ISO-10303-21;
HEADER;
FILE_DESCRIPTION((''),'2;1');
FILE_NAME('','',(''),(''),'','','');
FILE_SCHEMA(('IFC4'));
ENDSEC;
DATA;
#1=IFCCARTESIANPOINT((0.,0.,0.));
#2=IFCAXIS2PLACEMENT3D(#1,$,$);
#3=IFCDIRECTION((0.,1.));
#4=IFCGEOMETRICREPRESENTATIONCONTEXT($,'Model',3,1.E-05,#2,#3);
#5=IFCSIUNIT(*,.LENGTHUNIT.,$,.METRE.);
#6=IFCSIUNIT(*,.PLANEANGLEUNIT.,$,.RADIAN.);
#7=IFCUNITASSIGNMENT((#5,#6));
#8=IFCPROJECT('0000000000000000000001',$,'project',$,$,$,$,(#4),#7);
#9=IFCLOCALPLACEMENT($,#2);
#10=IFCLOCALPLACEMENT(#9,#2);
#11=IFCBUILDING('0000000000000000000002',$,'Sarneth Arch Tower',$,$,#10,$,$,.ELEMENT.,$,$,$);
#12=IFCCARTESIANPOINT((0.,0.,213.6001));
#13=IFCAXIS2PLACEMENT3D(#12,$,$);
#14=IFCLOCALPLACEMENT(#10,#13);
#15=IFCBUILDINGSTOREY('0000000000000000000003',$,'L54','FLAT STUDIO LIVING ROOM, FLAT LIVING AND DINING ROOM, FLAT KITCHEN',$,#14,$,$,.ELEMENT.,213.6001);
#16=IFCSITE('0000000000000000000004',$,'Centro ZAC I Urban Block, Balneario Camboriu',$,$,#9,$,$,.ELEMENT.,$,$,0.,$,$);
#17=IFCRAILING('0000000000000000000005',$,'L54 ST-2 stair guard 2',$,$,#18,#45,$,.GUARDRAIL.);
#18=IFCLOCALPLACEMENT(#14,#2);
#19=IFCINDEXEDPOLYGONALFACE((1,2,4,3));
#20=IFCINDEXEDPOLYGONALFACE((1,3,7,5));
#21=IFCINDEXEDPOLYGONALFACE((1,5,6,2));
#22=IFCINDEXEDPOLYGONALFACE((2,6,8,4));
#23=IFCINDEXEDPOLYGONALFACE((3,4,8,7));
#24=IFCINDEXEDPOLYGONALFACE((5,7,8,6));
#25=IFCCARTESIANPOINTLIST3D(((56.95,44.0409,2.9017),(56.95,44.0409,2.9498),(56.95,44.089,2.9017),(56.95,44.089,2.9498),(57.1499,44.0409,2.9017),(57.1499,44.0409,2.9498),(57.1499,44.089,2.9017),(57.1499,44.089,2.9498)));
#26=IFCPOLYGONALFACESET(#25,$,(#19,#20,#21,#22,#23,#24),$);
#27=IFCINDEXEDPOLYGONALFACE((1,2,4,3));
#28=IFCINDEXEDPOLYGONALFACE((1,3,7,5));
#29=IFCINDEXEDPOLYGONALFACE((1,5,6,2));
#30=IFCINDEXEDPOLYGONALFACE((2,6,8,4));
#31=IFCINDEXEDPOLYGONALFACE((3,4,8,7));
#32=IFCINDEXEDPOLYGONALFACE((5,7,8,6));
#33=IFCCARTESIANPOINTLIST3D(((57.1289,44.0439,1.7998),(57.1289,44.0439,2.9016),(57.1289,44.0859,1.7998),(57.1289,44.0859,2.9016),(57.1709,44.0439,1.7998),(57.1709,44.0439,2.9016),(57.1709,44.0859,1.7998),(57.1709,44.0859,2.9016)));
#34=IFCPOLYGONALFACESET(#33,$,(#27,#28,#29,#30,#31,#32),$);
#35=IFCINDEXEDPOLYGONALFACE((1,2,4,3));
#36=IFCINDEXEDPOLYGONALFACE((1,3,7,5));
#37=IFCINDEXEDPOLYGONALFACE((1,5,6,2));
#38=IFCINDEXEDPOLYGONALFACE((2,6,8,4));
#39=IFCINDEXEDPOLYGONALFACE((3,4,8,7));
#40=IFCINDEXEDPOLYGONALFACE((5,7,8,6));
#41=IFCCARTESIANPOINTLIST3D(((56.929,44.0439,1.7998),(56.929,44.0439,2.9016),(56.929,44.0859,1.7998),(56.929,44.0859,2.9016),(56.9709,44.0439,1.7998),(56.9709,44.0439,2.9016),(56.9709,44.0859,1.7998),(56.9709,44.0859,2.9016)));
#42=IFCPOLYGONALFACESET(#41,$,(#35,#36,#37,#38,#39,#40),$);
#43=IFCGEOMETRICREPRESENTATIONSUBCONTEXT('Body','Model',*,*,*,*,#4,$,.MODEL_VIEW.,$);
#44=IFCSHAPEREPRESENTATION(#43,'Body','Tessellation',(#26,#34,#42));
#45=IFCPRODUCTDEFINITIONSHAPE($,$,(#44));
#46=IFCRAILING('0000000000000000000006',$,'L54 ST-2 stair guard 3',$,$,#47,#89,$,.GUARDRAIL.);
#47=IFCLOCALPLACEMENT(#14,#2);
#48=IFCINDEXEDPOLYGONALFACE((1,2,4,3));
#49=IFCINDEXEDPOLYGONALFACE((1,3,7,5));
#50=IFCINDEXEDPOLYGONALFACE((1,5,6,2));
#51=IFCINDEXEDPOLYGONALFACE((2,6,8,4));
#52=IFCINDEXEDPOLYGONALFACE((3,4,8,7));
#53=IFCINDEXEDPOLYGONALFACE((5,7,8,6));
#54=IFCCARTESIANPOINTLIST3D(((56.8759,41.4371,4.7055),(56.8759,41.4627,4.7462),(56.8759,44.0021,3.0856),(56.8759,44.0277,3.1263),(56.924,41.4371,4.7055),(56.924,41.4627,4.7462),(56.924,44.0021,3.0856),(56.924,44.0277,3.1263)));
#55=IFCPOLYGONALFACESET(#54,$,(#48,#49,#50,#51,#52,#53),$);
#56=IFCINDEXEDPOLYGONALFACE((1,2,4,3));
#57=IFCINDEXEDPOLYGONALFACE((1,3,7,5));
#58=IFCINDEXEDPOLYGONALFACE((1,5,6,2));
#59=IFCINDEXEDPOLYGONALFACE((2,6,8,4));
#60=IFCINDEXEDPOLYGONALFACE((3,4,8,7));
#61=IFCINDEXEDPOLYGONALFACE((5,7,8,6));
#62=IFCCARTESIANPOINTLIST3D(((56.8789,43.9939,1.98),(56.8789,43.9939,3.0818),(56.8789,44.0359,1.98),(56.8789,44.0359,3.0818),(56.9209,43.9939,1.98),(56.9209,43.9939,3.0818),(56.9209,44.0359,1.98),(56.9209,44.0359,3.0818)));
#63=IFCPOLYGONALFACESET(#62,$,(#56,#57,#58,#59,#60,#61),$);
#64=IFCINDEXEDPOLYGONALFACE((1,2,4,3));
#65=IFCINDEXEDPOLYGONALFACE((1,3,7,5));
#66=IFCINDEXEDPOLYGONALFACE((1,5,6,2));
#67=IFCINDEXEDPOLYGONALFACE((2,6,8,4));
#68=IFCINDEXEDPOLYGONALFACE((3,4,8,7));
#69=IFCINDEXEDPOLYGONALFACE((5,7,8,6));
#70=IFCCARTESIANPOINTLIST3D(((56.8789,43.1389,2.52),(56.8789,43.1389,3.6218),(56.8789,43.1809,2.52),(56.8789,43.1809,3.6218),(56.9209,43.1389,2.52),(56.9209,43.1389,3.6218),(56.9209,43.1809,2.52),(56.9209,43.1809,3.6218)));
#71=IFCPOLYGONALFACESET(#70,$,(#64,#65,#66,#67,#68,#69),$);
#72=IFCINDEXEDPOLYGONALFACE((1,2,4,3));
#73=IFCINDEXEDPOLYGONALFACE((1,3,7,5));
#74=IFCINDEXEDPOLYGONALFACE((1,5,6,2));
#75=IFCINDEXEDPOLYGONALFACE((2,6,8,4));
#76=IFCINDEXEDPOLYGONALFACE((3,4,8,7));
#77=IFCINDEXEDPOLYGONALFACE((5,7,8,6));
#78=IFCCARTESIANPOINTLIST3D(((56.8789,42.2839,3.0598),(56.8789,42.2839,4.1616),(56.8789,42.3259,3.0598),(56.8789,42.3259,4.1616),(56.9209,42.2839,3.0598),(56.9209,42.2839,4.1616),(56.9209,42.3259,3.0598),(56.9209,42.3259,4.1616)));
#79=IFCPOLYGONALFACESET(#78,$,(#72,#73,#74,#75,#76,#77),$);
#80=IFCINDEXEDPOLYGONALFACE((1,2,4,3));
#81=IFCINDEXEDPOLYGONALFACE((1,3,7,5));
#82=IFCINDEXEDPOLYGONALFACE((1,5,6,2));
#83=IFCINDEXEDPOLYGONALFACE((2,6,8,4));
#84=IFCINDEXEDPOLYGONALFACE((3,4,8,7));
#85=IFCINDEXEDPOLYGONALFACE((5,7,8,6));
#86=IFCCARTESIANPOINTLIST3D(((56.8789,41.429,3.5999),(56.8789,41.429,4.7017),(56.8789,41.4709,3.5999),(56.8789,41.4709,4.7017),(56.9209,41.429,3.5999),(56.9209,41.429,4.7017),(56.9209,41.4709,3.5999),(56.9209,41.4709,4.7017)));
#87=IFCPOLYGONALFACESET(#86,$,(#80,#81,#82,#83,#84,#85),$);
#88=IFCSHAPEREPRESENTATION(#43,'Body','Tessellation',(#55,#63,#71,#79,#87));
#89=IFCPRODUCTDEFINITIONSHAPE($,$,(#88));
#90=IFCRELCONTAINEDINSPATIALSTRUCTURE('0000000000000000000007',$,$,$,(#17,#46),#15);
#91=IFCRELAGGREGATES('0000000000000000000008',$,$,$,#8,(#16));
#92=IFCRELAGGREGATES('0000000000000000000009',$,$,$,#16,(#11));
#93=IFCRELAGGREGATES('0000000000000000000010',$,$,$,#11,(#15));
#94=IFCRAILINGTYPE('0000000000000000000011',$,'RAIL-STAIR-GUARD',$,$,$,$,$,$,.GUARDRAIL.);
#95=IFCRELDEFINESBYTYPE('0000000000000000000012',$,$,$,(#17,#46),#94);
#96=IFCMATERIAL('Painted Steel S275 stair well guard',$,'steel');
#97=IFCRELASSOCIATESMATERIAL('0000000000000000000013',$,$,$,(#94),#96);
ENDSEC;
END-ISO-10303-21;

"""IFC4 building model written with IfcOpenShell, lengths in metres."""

from ifc_helpers import new_model, si_unit, direction, frame, origin, origin_2d, place, context, subcontext, project, spatial, rectangle, extrude, material, type_object, element, save


model = new_model("IFC4")

# Units and contexts
model_context = context("Model", 3, precision=1e-05, world=origin(), true_north=direction((0.0, 1.0)))
body_context = subcontext(model_context, "Body", "Model", "MODEL_VIEW")
ifc_project = project(units=[si_unit("LENGTHUNIT", "METRE"), si_unit("PLANEANGLEUNIT", "RADIAN")], contexts=[model_context])

# Site, building, storey
site_placement = place(None, origin())
site = spatial("IfcSite", under=ifc_project, at=site_placement, Name="Centro ZAC I Urban Block, Balneario Camboriu", CompositionType="ELEMENT", RefElevation=0.0)
building_placement = place(site_placement, origin())
building = spatial("IfcBuilding", under=site, at=building_placement, Name="Sarneth Arch Tower", CompositionType="ELEMENT")
storey_placement = place(building_placement, frame((0.0, 0.0, 213.6001)))
storey = spatial("IfcBuildingStorey", under=building, at=storey_placement, Name="L54", Description="FLAT STUDIO LIVING ROOM, FLAT LIVING AND DINING ROOM, FLAT KITCHEN", CompositionType="ELEMENT", Elevation=213.6001)

# Railings
ifc_material_1 = material(Name="Painted Steel S275 stair well guard", Category="steel")
railing_type_1 = type_object("IfcRailingType", Name="RAIL-STAIR-GUARD", PredefinedType="GUARDRAIL", material=ifc_material_1)
railing_1_placement = place(storey_placement, frame((57.1499, 44.0649, 1.7998)))
element("IfcRailing", 1, at=railing_1_placement, inside=storey, type_object=railing_type_1, Name="L54 ST-2 stair guard 2", PredefinedType="GUARDRAIL", context=body_context, shape_type="SweptSolid", body=[
    extrude(rectangle(XDim=0.0481, YDim=0.0481, at=origin_2d()), frame((0.0, 0.0, 1.126), z_axis=(-1.0, 0.0, 0.0), x_axis=(0.0, -1.0, 0.0)), (0.0, 0.0, 1.0), 0.2),
    extrude(rectangle(XDim=0.042, YDim=0.042, at=origin_2d()), origin(), (0.0, 0.0, 1.0), 1.1018),
    extrude(rectangle(XDim=0.042, YDim=0.042, at=origin_2d()), frame((-0.2, 0.0, 0.0)), (0.0, 0.0, 1.0), 1.1018),
])
railing_2_placement = place(storey_placement, frame((56.8999, 44.0149, 1.98)))
element("IfcRailing", 2, at=railing_2_placement, inside=storey, type_object=railing_type_1, Name="L54 ST-2 stair guard 3", PredefinedType="GUARDRAIL", context=body_context, shape_type="SweptSolid", body=[
    extrude(rectangle(XDim=0.0481, YDim=0.0481, at=origin_2d()), frame((0.0, 0.0, 1.126), z_axis=(0.0, -0.845502, 0.533972), x_axis=(1.0, 0.0, 0.0)), (0.0, 0.0, 1.0), 3.0337),
    extrude(rectangle(XDim=0.042, YDim=0.042, at=origin_2d()), origin(), (0.0, 0.0, 1.0), 1.1018),
    extrude(rectangle(XDim=0.042, YDim=0.042, at=origin_2d()), frame((0.0, -0.855, 0.54)), (0.0, 0.0, 1.0), 1.1018),
    extrude(rectangle(XDim=0.042, YDim=0.042, at=origin_2d()), frame((0.0, -1.71, 1.0798)), (0.0, 0.0, 1.0), 1.1018),
    extrude(rectangle(XDim=0.042, YDim=0.042, at=origin_2d()), frame((0.0, -2.5649, 1.6199)), (0.0, 0.0, 1.0), 1.1018),
])

save(model, "model.ifc")
